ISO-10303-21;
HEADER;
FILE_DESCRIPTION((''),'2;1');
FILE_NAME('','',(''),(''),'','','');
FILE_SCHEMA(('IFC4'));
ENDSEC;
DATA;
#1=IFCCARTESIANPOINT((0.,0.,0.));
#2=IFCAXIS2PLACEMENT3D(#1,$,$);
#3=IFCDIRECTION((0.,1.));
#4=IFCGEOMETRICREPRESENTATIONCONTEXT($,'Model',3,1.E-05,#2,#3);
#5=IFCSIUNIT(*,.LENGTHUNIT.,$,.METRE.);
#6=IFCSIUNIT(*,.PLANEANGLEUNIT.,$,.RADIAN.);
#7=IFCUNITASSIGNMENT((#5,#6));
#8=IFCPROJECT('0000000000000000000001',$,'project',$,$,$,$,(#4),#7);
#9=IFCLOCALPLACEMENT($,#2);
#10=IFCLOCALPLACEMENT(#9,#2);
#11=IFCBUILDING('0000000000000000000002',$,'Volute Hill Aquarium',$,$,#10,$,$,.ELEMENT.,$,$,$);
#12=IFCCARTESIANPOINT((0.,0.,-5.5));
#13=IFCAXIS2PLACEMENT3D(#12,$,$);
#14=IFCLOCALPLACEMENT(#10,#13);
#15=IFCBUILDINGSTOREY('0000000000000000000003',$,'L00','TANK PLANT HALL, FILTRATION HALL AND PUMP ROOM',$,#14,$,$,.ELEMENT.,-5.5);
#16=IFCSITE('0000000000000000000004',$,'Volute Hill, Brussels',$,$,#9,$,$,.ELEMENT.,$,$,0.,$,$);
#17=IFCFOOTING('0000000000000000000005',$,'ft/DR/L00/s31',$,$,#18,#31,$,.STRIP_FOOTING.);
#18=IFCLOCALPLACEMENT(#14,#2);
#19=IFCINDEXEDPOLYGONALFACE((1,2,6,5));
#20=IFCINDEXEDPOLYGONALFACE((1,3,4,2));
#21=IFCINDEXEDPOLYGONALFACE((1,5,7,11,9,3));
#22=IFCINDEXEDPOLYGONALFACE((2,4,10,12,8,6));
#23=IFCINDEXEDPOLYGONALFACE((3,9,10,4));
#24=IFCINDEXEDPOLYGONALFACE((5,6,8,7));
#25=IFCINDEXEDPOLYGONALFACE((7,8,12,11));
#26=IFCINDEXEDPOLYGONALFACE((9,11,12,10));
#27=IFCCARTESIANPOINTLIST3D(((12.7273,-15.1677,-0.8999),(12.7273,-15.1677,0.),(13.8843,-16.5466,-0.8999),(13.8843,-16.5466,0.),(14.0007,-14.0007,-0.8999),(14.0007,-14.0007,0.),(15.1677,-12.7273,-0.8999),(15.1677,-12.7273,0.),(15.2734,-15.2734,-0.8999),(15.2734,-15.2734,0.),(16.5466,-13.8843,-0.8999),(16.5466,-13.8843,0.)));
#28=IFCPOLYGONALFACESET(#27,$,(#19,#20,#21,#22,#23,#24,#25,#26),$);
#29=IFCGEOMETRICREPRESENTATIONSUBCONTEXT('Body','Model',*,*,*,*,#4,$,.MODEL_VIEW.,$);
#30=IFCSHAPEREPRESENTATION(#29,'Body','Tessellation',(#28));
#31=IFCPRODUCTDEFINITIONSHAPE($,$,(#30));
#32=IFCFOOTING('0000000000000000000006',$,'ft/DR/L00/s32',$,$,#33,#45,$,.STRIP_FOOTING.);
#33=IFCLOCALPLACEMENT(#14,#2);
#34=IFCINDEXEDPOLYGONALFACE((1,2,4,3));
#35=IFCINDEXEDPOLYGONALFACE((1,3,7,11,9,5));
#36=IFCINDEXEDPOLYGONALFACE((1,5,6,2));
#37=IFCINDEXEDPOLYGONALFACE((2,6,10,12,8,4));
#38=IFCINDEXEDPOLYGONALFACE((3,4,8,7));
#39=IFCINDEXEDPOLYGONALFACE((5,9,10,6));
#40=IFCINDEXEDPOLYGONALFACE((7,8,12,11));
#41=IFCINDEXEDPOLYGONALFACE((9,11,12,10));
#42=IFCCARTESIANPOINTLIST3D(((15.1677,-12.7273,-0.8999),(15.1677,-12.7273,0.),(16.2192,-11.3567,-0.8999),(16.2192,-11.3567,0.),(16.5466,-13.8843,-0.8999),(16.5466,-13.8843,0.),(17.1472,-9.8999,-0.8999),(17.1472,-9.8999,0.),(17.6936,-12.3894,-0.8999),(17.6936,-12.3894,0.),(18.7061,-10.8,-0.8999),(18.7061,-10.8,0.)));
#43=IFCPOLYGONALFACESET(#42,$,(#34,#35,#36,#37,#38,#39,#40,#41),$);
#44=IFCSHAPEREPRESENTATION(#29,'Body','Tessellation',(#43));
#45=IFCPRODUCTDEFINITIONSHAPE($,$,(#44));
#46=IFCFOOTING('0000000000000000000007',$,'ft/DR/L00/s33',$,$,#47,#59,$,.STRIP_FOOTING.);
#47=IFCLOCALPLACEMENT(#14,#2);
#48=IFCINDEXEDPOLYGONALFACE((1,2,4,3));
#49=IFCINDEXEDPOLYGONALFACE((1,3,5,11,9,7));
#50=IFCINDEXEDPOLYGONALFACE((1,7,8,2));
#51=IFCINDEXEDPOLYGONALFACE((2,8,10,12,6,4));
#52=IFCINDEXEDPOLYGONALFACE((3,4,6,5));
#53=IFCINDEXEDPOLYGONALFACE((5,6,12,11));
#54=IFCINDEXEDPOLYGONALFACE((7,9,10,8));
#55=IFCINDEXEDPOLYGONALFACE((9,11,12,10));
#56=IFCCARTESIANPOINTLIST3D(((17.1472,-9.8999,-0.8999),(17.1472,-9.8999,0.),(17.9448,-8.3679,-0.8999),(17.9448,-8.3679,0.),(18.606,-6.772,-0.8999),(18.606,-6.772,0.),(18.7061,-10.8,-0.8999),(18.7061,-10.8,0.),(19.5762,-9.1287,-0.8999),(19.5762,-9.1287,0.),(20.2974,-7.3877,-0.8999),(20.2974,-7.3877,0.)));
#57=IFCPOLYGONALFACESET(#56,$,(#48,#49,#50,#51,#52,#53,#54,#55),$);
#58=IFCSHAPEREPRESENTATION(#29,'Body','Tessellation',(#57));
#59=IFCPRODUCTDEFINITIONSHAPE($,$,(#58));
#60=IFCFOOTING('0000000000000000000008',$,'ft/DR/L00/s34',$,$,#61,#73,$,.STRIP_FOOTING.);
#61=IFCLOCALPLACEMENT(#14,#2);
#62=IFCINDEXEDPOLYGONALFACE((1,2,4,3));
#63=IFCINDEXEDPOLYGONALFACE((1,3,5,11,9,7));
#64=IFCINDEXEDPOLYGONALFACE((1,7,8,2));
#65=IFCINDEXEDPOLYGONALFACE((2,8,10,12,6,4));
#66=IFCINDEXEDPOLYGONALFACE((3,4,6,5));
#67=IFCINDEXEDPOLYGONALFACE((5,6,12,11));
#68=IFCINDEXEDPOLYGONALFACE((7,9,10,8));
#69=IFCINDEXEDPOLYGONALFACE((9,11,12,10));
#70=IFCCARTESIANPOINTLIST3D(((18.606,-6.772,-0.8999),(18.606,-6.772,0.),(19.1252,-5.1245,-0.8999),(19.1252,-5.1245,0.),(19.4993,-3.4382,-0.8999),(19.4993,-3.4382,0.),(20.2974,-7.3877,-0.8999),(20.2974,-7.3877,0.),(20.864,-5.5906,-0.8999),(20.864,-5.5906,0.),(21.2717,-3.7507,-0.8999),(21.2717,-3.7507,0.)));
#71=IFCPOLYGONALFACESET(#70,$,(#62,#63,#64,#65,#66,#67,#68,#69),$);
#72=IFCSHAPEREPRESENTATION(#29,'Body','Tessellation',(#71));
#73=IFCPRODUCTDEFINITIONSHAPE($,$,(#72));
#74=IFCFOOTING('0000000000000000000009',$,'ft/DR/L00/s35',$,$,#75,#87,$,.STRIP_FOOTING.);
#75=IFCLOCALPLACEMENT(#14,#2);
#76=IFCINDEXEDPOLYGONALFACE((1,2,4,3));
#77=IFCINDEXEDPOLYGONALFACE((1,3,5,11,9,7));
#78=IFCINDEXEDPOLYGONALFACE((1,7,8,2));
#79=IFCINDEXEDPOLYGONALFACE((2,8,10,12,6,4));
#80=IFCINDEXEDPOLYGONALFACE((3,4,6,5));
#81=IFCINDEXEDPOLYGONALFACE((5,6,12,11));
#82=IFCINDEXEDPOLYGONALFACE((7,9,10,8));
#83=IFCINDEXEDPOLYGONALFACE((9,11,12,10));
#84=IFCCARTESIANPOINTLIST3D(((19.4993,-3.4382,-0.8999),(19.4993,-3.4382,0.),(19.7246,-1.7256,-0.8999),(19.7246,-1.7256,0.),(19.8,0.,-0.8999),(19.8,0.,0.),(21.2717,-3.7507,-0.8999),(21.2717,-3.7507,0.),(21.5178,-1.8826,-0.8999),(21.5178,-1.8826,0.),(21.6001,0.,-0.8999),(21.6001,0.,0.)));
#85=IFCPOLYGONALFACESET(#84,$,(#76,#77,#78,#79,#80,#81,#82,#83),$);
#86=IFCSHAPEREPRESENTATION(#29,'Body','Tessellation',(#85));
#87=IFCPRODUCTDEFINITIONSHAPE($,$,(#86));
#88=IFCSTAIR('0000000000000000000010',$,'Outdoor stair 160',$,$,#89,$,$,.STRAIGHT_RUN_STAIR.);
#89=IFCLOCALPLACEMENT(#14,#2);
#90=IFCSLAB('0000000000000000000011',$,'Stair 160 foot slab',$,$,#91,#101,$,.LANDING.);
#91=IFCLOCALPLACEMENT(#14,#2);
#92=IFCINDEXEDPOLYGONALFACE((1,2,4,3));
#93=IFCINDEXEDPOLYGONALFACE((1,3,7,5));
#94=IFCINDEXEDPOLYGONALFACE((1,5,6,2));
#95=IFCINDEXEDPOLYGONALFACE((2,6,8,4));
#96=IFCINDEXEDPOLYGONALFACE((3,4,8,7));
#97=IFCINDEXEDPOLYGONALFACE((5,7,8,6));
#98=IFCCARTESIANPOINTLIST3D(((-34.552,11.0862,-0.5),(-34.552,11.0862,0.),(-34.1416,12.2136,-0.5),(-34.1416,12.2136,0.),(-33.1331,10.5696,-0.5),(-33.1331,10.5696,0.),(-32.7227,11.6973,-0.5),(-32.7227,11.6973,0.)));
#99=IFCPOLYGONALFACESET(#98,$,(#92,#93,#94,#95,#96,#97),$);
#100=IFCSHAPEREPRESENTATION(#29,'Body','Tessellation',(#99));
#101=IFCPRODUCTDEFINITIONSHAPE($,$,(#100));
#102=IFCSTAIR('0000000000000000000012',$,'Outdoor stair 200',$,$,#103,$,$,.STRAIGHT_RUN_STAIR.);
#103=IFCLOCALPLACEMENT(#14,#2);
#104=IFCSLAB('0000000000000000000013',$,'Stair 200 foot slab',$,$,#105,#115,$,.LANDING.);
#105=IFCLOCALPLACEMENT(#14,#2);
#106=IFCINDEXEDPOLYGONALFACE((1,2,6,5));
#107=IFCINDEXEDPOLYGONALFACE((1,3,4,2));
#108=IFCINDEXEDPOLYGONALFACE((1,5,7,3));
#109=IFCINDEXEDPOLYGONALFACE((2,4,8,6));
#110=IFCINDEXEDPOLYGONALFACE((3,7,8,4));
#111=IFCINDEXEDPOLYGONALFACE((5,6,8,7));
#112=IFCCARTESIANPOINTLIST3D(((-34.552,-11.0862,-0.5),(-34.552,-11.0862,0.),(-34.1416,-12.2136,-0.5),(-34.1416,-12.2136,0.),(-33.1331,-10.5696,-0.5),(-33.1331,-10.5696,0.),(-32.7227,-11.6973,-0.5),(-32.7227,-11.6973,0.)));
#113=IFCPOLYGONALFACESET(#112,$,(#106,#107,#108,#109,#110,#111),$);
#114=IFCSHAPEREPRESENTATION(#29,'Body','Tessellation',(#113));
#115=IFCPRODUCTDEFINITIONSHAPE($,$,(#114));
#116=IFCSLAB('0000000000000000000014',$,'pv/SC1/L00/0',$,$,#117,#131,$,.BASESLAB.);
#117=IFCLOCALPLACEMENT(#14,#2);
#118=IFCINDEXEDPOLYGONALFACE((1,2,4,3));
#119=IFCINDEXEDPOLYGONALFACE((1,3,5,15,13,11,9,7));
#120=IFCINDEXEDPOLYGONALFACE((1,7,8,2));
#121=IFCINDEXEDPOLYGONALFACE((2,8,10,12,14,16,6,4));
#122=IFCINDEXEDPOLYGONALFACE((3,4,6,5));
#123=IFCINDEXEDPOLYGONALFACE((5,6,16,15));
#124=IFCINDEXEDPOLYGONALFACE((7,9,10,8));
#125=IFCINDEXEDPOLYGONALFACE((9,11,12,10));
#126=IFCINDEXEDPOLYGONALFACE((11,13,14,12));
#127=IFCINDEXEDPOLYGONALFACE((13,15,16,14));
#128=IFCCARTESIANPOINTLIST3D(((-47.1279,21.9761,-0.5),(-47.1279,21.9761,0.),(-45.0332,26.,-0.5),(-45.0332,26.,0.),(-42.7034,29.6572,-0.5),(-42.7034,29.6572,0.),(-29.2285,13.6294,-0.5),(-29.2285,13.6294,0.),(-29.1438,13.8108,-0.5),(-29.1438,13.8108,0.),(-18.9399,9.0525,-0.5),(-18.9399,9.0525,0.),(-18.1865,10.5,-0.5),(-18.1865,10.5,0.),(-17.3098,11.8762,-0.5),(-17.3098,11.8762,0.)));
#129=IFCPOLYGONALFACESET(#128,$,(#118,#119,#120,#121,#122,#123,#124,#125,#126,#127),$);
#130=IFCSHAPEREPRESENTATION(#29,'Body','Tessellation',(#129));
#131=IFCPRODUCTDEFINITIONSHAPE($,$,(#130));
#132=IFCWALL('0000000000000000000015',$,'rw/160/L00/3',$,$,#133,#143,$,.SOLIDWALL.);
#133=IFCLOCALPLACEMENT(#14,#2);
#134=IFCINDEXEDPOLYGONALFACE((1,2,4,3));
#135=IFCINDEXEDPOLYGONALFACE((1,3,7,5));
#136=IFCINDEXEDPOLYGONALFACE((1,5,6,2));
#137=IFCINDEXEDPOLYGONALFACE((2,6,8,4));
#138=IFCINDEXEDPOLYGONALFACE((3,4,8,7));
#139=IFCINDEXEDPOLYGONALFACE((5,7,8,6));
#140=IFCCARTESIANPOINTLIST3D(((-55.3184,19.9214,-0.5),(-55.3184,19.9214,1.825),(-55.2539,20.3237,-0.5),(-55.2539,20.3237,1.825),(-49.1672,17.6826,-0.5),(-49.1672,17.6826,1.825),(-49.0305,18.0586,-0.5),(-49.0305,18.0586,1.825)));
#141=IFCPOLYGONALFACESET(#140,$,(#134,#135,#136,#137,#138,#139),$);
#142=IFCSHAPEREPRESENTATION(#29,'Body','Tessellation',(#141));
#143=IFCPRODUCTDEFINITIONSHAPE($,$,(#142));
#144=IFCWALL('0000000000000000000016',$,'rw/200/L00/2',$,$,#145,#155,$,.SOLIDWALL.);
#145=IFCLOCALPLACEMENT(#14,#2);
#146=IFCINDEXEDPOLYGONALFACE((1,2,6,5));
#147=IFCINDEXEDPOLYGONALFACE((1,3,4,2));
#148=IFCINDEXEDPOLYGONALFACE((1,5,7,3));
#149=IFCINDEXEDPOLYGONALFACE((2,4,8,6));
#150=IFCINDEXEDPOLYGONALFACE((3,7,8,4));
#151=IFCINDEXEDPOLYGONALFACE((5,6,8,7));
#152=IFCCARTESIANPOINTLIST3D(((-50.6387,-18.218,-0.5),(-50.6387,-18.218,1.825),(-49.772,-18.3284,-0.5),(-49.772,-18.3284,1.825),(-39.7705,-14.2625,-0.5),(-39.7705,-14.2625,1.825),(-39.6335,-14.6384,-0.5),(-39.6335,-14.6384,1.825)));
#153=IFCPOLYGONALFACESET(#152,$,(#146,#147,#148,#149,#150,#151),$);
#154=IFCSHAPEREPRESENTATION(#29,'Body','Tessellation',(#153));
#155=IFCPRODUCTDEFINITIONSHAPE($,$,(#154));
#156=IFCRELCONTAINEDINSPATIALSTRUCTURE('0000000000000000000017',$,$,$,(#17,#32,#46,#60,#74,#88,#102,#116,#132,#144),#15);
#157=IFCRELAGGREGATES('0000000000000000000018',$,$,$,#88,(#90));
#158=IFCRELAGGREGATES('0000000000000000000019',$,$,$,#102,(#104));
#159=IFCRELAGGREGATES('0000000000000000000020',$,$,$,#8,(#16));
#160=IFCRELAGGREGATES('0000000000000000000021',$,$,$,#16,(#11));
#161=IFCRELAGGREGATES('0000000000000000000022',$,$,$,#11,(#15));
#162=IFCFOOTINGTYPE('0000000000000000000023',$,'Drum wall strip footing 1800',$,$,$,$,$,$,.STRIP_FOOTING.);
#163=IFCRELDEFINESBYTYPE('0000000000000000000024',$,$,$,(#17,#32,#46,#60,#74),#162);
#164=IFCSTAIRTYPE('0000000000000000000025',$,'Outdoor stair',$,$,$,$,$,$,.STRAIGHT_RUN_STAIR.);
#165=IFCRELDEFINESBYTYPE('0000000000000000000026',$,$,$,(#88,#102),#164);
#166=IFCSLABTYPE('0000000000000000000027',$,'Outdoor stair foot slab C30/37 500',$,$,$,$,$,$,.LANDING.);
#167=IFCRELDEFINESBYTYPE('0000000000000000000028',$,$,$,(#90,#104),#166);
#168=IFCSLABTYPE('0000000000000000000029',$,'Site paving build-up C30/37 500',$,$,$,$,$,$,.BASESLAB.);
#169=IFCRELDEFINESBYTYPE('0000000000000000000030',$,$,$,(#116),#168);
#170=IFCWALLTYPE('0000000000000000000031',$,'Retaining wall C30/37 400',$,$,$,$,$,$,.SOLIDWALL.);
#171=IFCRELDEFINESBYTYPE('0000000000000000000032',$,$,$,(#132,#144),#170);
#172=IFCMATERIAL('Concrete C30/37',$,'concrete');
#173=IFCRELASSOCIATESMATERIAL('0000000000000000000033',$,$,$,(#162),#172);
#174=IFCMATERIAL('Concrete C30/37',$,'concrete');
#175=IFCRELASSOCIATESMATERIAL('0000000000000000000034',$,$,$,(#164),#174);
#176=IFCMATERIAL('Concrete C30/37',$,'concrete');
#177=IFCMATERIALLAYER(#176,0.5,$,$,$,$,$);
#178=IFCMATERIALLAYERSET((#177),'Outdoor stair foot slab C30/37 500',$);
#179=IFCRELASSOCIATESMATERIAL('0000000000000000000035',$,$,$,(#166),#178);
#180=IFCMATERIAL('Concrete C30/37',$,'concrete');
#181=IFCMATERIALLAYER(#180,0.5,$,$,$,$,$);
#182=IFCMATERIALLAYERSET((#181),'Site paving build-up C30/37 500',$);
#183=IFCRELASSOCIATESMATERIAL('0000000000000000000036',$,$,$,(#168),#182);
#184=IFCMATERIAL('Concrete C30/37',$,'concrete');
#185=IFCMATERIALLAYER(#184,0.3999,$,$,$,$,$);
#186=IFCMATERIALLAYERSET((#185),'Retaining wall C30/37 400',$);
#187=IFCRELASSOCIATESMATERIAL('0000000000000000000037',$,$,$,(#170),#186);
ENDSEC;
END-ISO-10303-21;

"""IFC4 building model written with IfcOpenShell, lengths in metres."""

from ifc_helpers import new_model, si_unit, direction, frame, origin, place, context, subcontext, project, spatial, polyline, outline, extrude, material, layer, layer_set, type_object, element, aggregate, save


model = new_model("IFC4")

# Units and contexts
model_context = context("Model", 3, precision=1e-05, world=origin(), true_north=direction((0.0, 1.0)))
body_context = subcontext(model_context, "Body", "Model", "MODEL_VIEW")
ifc_project = project(units=[si_unit("LENGTHUNIT", "METRE"), si_unit("PLANEANGLEUNIT", "RADIAN")], contexts=[model_context])

# Site, building, storey
site_placement = place(None, origin())
site = spatial("IfcSite", under=ifc_project, at=site_placement, Name="Volute Hill, Brussels", CompositionType="ELEMENT", RefElevation=0.0)
building_placement = place(site_placement, origin())
building = spatial("IfcBuilding", under=site, at=building_placement, Name="Volute Hill Aquarium", CompositionType="ELEMENT")
storey_placement = place(building_placement, frame((0.0, 0.0, -5.5)))
storey = spatial("IfcBuildingStorey", under=building, at=storey_placement, Name="L00", Description="TANK PLANT HALL, FILTRATION HALL AND PUMP ROOM", CompositionType="ELEMENT", Elevation=-5.5)

# Footings
ifc_material_1 = material(Name="Concrete C30/37", Category="concrete")
footing_type = type_object("IfcFootingType", Name="Drum wall strip footing 1800", PredefinedType="STRIP_FOOTING", material=ifc_material_1)
footing_1_placement = place(storey_placement, frame((0.0, 0.0, -0.8999)))
element("IfcFooting", 1, at=footing_1_placement, inside=storey, type_object=footing_type, Name="ft/DR/L00/s31", PredefinedType="STRIP_FOOTING", context=body_context, shape_type="SweptSolid", body=[
    extrude(outline(polyline([(13.8843, -16.5466), (15.2734, -15.2734), (16.5466, -13.8843), (15.1677, -12.7273), (14.0007, -14.0007), (12.7273, -15.1677), (13.8843, -16.5466)])), origin(), (0.0, 0.0, 1.0), 0.8999),
])
footing_2_placement = place(storey_placement, frame((0.0, 0.0, -0.8999)))
element("IfcFooting", 2, at=footing_2_placement, inside=storey, type_object=footing_type, Name="ft/DR/L00/s32", PredefinedType="STRIP_FOOTING", context=body_context, shape_type="SweptSolid", body=[
    extrude(outline(polyline([(16.5466, -13.8843), (17.6936, -12.3894), (18.7061, -10.8), (17.1472, -9.8999), (16.2192, -11.3567), (15.1677, -12.7273), (16.5466, -13.8843)])), origin(), (0.0, 0.0, 1.0), 0.8999),
])
footing_3_placement = place(storey_placement, frame((0.0, 0.0, -0.8999)))
element("IfcFooting", 3, at=footing_3_placement, inside=storey, type_object=footing_type, Name="ft/DR/L00/s33", PredefinedType="STRIP_FOOTING", context=body_context, shape_type="SweptSolid", body=[
    extrude(outline(polyline([(18.7061, -10.8), (19.5762, -9.1287), (20.2974, -7.3877), (18.606, -6.772), (17.9448, -8.3679), (17.1472, -9.8999), (18.7061, -10.8)])), origin(), (0.0, 0.0, 1.0), 0.8999),
])
footing_4_placement = place(storey_placement, frame((0.0, 0.0, -0.8999)))
element("IfcFooting", 4, at=footing_4_placement, inside=storey, type_object=footing_type, Name="ft/DR/L00/s34", PredefinedType="STRIP_FOOTING", context=body_context, shape_type="SweptSolid", body=[
    extrude(outline(polyline([(20.2974, -7.3877), (20.864, -5.5906), (21.2717, -3.7507), (19.4993, -3.4382), (19.1252, -5.1245), (18.606, -6.772), (20.2974, -7.3877)])), origin(), (0.0, 0.0, 1.0), 0.8999),
])
footing_5_placement = place(storey_placement, frame((0.0, 0.0, -0.8999)))
element("IfcFooting", 5, at=footing_5_placement, inside=storey, type_object=footing_type, Name="ft/DR/L00/s35", PredefinedType="STRIP_FOOTING", context=body_context, shape_type="SweptSolid", body=[
    extrude(outline(polyline([(21.2717, -3.7507), (21.5178, -1.8826), (21.6001, 0.0), (19.8, 0.0), (19.7246, -1.7256), (19.4993, -3.4382), (21.2717, -3.7507)])), origin(), (0.0, 0.0, 1.0), 0.8999),
])

# Stairs, slabs
ifc_material_2 = material(Name="Concrete C30/37", Category="concrete")
stair_type = type_object("IfcStairType", Name="Outdoor stair", PredefinedType="STRAIGHT_RUN_STAIR", material=ifc_material_2)
stair_1_placement = place(storey_placement, origin())
stair_1 = element("IfcStair", 6, at=stair_1_placement, inside=storey, type_object=stair_type, Name="Outdoor stair 160", PredefinedType="STRAIGHT_RUN_STAIR")
ifc_material_3 = material(Name="Concrete C30/37", Category="concrete")
ifc_layer_1 = layer(ifc_material_3, 0.5)
ifc_layer_set_1 = layer_set([ifc_layer_1], Name="Outdoor stair foot slab C30/37 500")
slab_type_1 = type_object("IfcSlabType", Name="Outdoor stair foot slab C30/37 500", PredefinedType="LANDING", material=ifc_layer_set_1)
slab_1_placement = place(storey_placement, frame((0.0, 0.0, -0.5)))
slab_1 = element("IfcSlab", 7, at=slab_1_placement, type_object=slab_type_1, Name="Stair 160 foot slab", PredefinedType="LANDING", context=body_context, shape_type="SweptSolid", body=[
    extrude(outline(polyline([(-32.7227, 11.6973), (-34.1416, 12.2136), (-34.552, 11.0862), (-33.1331, 10.5696), (-32.7227, 11.6973)])), origin(), (0.0, 0.0, 1.0), 0.5),
])
aggregate(stair_1, [slab_1])
stair_2_placement = place(storey_placement, origin())
stair_2 = element("IfcStair", 8, at=stair_2_placement, inside=storey, type_object=stair_type, Name="Outdoor stair 200", PredefinedType="STRAIGHT_RUN_STAIR")
slab_2_placement = place(storey_placement, frame((0.0, 0.0, -0.5)))
slab_2 = element("IfcSlab", 9, at=slab_2_placement, type_object=slab_type_1, Name="Stair 200 foot slab", PredefinedType="LANDING", context=body_context, shape_type="SweptSolid", body=[
    extrude(outline(polyline([(-33.1331, -10.5696), (-34.552, -11.0862), (-34.1416, -12.2136), (-32.7227, -11.6973), (-33.1331, -10.5696)])), origin(), (0.0, 0.0, 1.0), 0.5),
])
aggregate(stair_2, [slab_2])

# Slab
ifc_material_4 = material(Name="Concrete C30/37", Category="concrete")
ifc_layer_2 = layer(ifc_material_4, 0.5)
ifc_layer_set_2 = layer_set([ifc_layer_2], Name="Site paving build-up C30/37 500")
slab_type_2 = type_object("IfcSlabType", Name="Site paving build-up C30/37 500", PredefinedType="BASESLAB", material=ifc_layer_set_2)
slab_3_placement = place(storey_placement, frame((0.0, 0.0, -0.5)))
element("IfcSlab", 10, at=slab_3_placement, inside=storey, type_object=slab_type_2, Name="pv/SC1/L00/0", PredefinedType="BASESLAB", context=body_context, shape_type="SweptSolid", body=[
    extrude(outline(polyline([(-42.7034, 29.6572), (-45.0332, 26.0), (-47.1279, 21.9761), (-29.2285, 13.6294), (-29.1438, 13.8108), (-18.9399, 9.0525), (-18.1865, 10.5), (-17.3098, 11.8762), (-42.7034, 29.6572)])), origin(), (0.0, 0.0, 1.0), 0.5),
])

# Walls
ifc_material_5 = material(Name="Concrete C30/37", Category="concrete")
ifc_layer_3 = layer(ifc_material_5, 0.3999)
ifc_layer_set_3 = layer_set([ifc_layer_3], Name="Retaining wall C30/37 400")
wall_type = type_object("IfcWallType", Name="Retaining wall C30/37 400", PredefinedType="SOLIDWALL", material=ifc_layer_set_3)
wall_1_placement = place(storey_placement, frame((0.0, 0.0, -0.5)))
element("IfcWall", 11, at=wall_1_placement, inside=storey, type_object=wall_type, Name="rw/160/L00/3", PredefinedType="SOLIDWALL", context=body_context, shape_type="SweptSolid", body=[
    extrude(outline(polyline([(-49.1672, 17.6826), (-49.0305, 18.0586), (-55.2539, 20.3237), (-55.3184, 19.9214), (-49.1672, 17.6826)])), origin(), (0.0, 0.0, 1.0), 2.325),
])
wall_2_placement = place(storey_placement, frame((0.0, 0.0, -0.5)))
element("IfcWall", 12, at=wall_2_placement, inside=storey, type_object=wall_type, Name="rw/200/L00/2", PredefinedType="SOLIDWALL", context=body_context, shape_type="SweptSolid", body=[
    extrude(outline(polyline([(-39.6335, -14.6384), (-39.7705, -14.2625), (-50.6387, -18.218), (-49.772, -18.3284), (-39.6335, -14.6384)])), origin(), (0.0, 0.0, 1.0), 2.325),
])

save(model, "model.ifc")
